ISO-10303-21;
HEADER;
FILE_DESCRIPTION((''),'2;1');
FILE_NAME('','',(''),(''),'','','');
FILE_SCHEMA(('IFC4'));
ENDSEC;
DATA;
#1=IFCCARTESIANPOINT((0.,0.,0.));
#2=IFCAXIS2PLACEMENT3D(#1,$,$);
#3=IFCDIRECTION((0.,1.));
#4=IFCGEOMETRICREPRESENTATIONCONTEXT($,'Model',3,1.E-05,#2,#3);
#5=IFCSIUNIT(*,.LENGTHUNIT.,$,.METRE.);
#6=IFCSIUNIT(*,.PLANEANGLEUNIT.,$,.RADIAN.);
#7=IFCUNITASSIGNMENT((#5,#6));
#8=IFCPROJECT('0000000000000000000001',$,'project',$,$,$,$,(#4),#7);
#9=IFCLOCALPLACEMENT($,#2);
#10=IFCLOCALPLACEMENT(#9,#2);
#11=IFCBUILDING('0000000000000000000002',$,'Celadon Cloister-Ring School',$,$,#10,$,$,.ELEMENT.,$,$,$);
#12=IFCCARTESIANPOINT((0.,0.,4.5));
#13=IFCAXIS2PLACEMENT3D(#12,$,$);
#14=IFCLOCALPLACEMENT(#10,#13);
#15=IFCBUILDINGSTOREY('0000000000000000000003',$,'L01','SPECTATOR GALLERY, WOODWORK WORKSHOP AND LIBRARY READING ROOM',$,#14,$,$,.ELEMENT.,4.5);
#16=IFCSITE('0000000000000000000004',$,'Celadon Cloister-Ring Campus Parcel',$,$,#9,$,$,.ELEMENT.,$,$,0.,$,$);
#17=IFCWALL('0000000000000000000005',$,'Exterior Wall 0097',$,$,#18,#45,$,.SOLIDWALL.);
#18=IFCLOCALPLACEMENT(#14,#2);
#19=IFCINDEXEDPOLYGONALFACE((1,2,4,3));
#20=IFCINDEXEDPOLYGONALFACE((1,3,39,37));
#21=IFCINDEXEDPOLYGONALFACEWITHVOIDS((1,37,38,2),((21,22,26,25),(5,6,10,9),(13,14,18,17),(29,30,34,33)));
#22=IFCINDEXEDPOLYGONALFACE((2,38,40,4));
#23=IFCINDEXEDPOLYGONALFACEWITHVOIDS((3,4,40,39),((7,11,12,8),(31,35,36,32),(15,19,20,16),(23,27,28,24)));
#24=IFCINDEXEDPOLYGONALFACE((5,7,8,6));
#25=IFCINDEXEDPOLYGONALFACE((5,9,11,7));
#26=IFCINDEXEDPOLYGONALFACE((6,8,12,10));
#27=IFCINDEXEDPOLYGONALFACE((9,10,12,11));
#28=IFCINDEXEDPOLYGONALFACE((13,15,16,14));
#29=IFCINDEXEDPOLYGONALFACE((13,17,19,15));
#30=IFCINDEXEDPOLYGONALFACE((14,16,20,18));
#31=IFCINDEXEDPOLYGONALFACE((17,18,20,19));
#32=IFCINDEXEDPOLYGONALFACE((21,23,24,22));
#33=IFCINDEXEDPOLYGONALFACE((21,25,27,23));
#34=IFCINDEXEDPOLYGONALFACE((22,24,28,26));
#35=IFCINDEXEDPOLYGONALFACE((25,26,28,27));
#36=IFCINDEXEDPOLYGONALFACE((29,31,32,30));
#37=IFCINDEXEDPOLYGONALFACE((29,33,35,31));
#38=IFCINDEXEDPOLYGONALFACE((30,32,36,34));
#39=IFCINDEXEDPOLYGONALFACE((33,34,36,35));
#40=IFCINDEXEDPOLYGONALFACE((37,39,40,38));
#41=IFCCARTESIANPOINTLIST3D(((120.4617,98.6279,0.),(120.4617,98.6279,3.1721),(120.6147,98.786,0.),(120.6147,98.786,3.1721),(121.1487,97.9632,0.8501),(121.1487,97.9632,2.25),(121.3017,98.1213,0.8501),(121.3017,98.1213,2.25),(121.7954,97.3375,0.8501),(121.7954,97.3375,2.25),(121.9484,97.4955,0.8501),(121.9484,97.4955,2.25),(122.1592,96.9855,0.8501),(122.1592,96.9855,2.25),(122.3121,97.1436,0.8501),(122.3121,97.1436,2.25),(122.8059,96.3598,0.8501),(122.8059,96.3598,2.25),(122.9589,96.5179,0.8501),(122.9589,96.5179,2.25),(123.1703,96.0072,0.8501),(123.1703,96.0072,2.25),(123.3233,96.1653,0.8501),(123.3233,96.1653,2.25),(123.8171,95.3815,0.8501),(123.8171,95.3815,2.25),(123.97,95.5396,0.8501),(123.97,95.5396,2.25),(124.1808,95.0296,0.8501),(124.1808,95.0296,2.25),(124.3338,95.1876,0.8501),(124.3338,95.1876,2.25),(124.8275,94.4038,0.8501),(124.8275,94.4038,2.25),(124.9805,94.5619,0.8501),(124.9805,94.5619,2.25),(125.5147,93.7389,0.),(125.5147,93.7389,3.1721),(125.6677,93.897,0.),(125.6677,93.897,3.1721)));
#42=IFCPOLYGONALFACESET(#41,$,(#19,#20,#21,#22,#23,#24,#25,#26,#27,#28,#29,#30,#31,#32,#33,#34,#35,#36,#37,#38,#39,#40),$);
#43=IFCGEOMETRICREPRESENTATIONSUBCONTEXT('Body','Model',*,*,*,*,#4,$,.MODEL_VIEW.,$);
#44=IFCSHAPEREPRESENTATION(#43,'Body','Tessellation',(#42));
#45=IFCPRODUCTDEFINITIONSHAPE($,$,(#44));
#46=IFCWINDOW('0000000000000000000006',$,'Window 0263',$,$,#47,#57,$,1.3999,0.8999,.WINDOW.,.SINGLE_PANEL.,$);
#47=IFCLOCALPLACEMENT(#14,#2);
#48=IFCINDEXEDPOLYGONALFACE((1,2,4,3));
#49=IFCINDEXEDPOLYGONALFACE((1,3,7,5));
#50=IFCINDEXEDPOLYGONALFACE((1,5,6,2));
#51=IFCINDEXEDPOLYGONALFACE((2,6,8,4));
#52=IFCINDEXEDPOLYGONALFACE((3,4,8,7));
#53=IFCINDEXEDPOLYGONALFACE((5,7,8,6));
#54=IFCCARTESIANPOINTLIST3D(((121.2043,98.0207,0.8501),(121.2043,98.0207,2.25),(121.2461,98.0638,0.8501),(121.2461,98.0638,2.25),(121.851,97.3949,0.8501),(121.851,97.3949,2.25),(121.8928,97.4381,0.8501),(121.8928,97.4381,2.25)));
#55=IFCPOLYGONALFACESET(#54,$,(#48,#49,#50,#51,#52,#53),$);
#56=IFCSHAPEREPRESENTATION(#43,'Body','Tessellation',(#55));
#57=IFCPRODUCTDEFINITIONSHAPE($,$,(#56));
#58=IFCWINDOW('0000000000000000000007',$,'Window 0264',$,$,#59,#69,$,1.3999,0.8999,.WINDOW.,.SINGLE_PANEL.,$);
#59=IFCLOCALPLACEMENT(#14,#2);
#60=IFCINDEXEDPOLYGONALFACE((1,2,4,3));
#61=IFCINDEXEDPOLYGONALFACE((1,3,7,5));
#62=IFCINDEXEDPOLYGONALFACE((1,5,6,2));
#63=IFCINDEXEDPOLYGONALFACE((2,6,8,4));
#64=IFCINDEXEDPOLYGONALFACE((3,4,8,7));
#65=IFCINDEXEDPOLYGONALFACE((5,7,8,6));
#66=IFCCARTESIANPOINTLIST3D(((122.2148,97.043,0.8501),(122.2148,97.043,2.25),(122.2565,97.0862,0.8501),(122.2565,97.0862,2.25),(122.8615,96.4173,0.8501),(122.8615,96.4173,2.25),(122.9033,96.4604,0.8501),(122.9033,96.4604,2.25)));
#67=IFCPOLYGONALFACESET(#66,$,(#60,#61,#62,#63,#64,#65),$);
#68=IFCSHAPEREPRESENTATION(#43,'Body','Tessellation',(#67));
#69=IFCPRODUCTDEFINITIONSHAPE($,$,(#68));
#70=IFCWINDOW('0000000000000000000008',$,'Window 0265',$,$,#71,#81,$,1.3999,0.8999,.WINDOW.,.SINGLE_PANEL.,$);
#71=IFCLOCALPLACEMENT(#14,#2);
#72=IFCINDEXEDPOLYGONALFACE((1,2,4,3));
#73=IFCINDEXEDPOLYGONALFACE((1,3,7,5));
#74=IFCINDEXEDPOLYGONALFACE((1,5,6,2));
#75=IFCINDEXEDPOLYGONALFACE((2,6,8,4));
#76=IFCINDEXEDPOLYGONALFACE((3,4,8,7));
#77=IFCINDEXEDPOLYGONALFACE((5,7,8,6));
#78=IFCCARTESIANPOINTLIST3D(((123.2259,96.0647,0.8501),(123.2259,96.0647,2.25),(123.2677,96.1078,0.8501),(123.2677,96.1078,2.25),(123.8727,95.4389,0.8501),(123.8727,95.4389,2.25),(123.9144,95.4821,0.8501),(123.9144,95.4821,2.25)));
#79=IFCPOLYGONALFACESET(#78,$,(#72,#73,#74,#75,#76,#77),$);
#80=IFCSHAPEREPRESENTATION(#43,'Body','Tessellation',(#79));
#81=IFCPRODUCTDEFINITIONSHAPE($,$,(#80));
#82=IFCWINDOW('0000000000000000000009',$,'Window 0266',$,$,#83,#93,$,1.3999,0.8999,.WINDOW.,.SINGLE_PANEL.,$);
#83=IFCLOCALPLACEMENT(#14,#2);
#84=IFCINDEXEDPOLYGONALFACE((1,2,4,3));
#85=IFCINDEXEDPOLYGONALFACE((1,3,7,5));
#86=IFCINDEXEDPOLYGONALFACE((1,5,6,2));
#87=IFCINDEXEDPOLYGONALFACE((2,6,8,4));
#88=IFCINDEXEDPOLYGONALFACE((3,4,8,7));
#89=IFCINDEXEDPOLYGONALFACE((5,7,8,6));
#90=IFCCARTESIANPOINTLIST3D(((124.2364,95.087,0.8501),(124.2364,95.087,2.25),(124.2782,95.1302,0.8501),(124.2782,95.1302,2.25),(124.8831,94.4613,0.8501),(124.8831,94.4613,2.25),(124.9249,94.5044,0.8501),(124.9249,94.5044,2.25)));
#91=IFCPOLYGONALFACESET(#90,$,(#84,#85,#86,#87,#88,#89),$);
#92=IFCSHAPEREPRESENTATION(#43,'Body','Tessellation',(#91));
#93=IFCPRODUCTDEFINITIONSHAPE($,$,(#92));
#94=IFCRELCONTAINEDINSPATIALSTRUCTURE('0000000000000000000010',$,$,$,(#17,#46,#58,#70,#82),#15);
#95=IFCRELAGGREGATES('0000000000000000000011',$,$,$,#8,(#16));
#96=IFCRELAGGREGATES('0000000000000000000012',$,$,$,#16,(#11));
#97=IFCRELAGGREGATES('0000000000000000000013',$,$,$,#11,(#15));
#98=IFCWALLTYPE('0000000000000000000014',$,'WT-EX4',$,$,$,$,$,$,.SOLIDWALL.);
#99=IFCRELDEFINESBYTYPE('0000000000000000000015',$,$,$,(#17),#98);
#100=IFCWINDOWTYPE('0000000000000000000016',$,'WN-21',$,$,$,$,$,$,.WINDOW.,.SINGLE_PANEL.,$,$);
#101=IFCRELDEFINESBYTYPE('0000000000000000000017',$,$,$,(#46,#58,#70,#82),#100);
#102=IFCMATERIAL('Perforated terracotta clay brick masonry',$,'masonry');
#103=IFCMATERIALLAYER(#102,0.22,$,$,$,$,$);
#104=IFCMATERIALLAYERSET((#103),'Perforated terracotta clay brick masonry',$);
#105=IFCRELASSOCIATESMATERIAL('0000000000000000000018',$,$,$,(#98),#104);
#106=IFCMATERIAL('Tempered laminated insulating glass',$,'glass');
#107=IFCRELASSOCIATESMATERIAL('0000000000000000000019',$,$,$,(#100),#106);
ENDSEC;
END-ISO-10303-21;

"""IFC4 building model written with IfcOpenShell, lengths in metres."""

from ifc_helpers import new_model, si_unit, direction, frame, frame_2d, origin, place, context, subcontext, project, spatial, rectangle, extrude, material, layer, layer_set, type_object, element, fill, save


model = new_model("IFC4")

# Units and contexts
model_context = context("Model", 3, precision=1e-05, world=origin(), true_north=direction((0.0, 1.0)))
body_context = subcontext(model_context, "Body", "Model", "MODEL_VIEW")
ifc_project = project(units=[si_unit("LENGTHUNIT", "METRE"), si_unit("PLANEANGLEUNIT", "RADIAN")], contexts=[model_context])

# Site, building, storey
site_placement = place(None, origin())
site = spatial("IfcSite", under=ifc_project, at=site_placement, Name="Celadon Cloister-Ring Campus Parcel", CompositionType="ELEMENT", RefElevation=0.0)
building_placement = place(site_placement, origin())
building = spatial("IfcBuilding", under=site, at=building_placement, Name="Celadon Cloister-Ring School", CompositionType="ELEMENT")
storey_placement = place(building_placement, frame((0.0, 0.0, 4.5)))
storey = spatial("IfcBuildingStorey", under=building, at=storey_placement, Name="L01", Description="SPECTATOR GALLERY, WOODWORK WORKSHOP AND LIBRARY READING ROOM", CompositionType="ELEMENT", Elevation=4.5)

# Wall, openings, windows
ifc_material_1 = material(Name="Perforated terracotta clay brick masonry", Category="masonry")
ifc_layer_1 = layer(ifc_material_1, 0.22)
ifc_layer_set_1 = layer_set([ifc_layer_1], Name="Perforated terracotta clay brick masonry")
wall_type_1 = type_object("IfcWallType", Name="WT-EX4", PredefinedType="SOLIDWALL", material=ifc_layer_set_1)
wall_1_placement = place(storey_placement, frame((120.5381, 98.707, 0.0), z_axis=(0.0, 0.0, 1.0), x_axis=(0.718678, -0.695343, 0.0)))
wall_1 = element("IfcWall", 1, at=wall_1_placement, inside=storey, type_object=wall_type_1, Name="Exterior Wall 0097", PredefinedType="SOLIDWALL", context=body_context, shape_type="SweptSolid", body=[
    extrude(rectangle(XDim=7.031, YDim=0.22, at=frame_2d((3.5156, 0.0))), origin(), (0.0, 0.0, 1.0), 3.1721),
])
opening_1_placement = place(wall_1_placement, frame((0.9561, 0.0, 0.8501)))
opening_1 = element("IfcOpeningElement", 2, at=opening_1_placement, cuts=wall_1, PredefinedType="OPENING", context=body_context, shape_type="SweptSolid", body=[
    extrude(rectangle(XDim=0.8999, YDim=1.3999, at=frame_2d((0.45, 0.7))), frame((0.0, 0.1201, 0.0), z_axis=(0.0, -1.0, 0.0), x_axis=(1.0, 0.0, 0.0)), (0.0, 0.0, 1.0), 0.24),
])
opening_2_placement = place(wall_1_placement, frame((2.3621, 0.0, 0.8501)))
opening_2 = element("IfcOpeningElement", 3, at=opening_2_placement, cuts=wall_1, PredefinedType="OPENING", context=body_context, shape_type="SweptSolid", body=[
    extrude(rectangle(XDim=0.8999, YDim=1.3999, at=frame_2d((0.45, 0.7))), frame((0.0, 0.1201, 0.0), z_axis=(0.0, -1.0, 0.0), x_axis=(1.0, 0.0, 0.0)), (0.0, 0.0, 1.0), 0.24),
])
opening_3_placement = place(wall_1_placement, frame((3.769, 0.0, 0.8501)))
opening_3 = element("IfcOpeningElement", 4, at=opening_3_placement, cuts=wall_1, PredefinedType="OPENING", context=body_context, shape_type="SweptSolid", body=[
    extrude(rectangle(XDim=0.8999, YDim=1.3999, at=frame_2d((0.45, 0.7))), frame((0.0, 0.1201, 0.0), z_axis=(0.0, -1.0, 0.0), x_axis=(1.0, 0.0, 0.0)), (0.0, 0.0, 1.0), 0.24),
])
opening_4_placement = place(wall_1_placement, frame((5.175, 0.0, 0.8501)))
opening_4 = element("IfcOpeningElement", 5, at=opening_4_placement, cuts=wall_1, PredefinedType="OPENING", context=body_context, shape_type="SweptSolid", body=[
    extrude(rectangle(XDim=0.8999, YDim=1.3999, at=frame_2d((0.45, 0.7))), frame((0.0, 0.1201, 0.0), z_axis=(0.0, -1.0, 0.0), x_axis=(1.0, 0.0, 0.0)), (0.0, 0.0, 1.0), 0.24),
])
ifc_material_2 = material(Name="Tempered laminated insulating glass", Category="glass")
window_type = type_object("IfcWindowType", Name="WN-21", PartitioningType="SINGLE_PANEL", PredefinedType="WINDOW", material=ifc_material_2)
window_1_placement = place(opening_1_placement, origin())
window_1 = element("IfcWindow", 6, at=window_1_placement, inside=storey, type_object=window_type, Name="Window 0263", OverallHeight=1.3999, OverallWidth=0.8999, PartitioningType="SINGLE_PANEL", PredefinedType="WINDOW", context=body_context, shape_type="SweptSolid", body=[
    extrude(rectangle(XDim=0.8999, YDim=1.3999, at=frame_2d((0.45, 0.7))), frame((0.0, 0.03, 0.0), z_axis=(0.0, -1.0, 0.0), x_axis=(1.0, 0.0, 0.0)), (0.0, 0.0, 1.0), 0.0601),
])
fill(opening_1, window_1)
window_2_placement = place(opening_2_placement, origin())
window_2 = element("IfcWindow", 7, at=window_2_placement, inside=storey, type_object=window_type, Name="Window 0264", OverallHeight=1.3999, OverallWidth=0.8999, PartitioningType="SINGLE_PANEL", PredefinedType="WINDOW", context=body_context, shape_type="SweptSolid", body=[
    extrude(rectangle(XDim=0.8999, YDim=1.3999, at=frame_2d((0.45, 0.7))), frame((0.0, 0.03, 0.0), z_axis=(0.0, -1.0, 0.0), x_axis=(1.0, 0.0, 0.0)), (0.0, 0.0, 1.0), 0.0601),
])
fill(opening_2, window_2)
window_3_placement = place(opening_3_placement, origin())
window_3 = element("IfcWindow", 8, at=window_3_placement, inside=storey, type_object=window_type, Name="Window 0265", OverallHeight=1.3999, OverallWidth=0.8999, PartitioningType="SINGLE_PANEL", PredefinedType="WINDOW", context=body_context, shape_type="SweptSolid", body=[
    extrude(rectangle(XDim=0.8999, YDim=1.3999, at=frame_2d((0.45, 0.7))), frame((0.0, 0.03, 0.0), z_axis=(0.0, -1.0, 0.0), x_axis=(1.0, 0.0, 0.0)), (0.0, 0.0, 1.0), 0.0601),
])
fill(opening_3, window_3)
window_4_placement = place(opening_4_placement, origin())
window_4 = element("IfcWindow", 9, at=window_4_placement, inside=storey, type_object=window_type, Name="Window 0266", OverallHeight=1.3999, OverallWidth=0.8999, PartitioningType="SINGLE_PANEL", PredefinedType="WINDOW", context=body_context, shape_type="SweptSolid", body=[
    extrude(rectangle(XDim=0.8999, YDim=1.3999, at=frame_2d((0.45, 0.7))), frame((0.0, 0.03, 0.0), z_axis=(0.0, -1.0, 0.0), x_axis=(1.0, 0.0, 0.0)), (0.0, 0.0, 1.0), 0.0601),
])
fill(opening_4, window_4)

save(model, "model.ifc")
